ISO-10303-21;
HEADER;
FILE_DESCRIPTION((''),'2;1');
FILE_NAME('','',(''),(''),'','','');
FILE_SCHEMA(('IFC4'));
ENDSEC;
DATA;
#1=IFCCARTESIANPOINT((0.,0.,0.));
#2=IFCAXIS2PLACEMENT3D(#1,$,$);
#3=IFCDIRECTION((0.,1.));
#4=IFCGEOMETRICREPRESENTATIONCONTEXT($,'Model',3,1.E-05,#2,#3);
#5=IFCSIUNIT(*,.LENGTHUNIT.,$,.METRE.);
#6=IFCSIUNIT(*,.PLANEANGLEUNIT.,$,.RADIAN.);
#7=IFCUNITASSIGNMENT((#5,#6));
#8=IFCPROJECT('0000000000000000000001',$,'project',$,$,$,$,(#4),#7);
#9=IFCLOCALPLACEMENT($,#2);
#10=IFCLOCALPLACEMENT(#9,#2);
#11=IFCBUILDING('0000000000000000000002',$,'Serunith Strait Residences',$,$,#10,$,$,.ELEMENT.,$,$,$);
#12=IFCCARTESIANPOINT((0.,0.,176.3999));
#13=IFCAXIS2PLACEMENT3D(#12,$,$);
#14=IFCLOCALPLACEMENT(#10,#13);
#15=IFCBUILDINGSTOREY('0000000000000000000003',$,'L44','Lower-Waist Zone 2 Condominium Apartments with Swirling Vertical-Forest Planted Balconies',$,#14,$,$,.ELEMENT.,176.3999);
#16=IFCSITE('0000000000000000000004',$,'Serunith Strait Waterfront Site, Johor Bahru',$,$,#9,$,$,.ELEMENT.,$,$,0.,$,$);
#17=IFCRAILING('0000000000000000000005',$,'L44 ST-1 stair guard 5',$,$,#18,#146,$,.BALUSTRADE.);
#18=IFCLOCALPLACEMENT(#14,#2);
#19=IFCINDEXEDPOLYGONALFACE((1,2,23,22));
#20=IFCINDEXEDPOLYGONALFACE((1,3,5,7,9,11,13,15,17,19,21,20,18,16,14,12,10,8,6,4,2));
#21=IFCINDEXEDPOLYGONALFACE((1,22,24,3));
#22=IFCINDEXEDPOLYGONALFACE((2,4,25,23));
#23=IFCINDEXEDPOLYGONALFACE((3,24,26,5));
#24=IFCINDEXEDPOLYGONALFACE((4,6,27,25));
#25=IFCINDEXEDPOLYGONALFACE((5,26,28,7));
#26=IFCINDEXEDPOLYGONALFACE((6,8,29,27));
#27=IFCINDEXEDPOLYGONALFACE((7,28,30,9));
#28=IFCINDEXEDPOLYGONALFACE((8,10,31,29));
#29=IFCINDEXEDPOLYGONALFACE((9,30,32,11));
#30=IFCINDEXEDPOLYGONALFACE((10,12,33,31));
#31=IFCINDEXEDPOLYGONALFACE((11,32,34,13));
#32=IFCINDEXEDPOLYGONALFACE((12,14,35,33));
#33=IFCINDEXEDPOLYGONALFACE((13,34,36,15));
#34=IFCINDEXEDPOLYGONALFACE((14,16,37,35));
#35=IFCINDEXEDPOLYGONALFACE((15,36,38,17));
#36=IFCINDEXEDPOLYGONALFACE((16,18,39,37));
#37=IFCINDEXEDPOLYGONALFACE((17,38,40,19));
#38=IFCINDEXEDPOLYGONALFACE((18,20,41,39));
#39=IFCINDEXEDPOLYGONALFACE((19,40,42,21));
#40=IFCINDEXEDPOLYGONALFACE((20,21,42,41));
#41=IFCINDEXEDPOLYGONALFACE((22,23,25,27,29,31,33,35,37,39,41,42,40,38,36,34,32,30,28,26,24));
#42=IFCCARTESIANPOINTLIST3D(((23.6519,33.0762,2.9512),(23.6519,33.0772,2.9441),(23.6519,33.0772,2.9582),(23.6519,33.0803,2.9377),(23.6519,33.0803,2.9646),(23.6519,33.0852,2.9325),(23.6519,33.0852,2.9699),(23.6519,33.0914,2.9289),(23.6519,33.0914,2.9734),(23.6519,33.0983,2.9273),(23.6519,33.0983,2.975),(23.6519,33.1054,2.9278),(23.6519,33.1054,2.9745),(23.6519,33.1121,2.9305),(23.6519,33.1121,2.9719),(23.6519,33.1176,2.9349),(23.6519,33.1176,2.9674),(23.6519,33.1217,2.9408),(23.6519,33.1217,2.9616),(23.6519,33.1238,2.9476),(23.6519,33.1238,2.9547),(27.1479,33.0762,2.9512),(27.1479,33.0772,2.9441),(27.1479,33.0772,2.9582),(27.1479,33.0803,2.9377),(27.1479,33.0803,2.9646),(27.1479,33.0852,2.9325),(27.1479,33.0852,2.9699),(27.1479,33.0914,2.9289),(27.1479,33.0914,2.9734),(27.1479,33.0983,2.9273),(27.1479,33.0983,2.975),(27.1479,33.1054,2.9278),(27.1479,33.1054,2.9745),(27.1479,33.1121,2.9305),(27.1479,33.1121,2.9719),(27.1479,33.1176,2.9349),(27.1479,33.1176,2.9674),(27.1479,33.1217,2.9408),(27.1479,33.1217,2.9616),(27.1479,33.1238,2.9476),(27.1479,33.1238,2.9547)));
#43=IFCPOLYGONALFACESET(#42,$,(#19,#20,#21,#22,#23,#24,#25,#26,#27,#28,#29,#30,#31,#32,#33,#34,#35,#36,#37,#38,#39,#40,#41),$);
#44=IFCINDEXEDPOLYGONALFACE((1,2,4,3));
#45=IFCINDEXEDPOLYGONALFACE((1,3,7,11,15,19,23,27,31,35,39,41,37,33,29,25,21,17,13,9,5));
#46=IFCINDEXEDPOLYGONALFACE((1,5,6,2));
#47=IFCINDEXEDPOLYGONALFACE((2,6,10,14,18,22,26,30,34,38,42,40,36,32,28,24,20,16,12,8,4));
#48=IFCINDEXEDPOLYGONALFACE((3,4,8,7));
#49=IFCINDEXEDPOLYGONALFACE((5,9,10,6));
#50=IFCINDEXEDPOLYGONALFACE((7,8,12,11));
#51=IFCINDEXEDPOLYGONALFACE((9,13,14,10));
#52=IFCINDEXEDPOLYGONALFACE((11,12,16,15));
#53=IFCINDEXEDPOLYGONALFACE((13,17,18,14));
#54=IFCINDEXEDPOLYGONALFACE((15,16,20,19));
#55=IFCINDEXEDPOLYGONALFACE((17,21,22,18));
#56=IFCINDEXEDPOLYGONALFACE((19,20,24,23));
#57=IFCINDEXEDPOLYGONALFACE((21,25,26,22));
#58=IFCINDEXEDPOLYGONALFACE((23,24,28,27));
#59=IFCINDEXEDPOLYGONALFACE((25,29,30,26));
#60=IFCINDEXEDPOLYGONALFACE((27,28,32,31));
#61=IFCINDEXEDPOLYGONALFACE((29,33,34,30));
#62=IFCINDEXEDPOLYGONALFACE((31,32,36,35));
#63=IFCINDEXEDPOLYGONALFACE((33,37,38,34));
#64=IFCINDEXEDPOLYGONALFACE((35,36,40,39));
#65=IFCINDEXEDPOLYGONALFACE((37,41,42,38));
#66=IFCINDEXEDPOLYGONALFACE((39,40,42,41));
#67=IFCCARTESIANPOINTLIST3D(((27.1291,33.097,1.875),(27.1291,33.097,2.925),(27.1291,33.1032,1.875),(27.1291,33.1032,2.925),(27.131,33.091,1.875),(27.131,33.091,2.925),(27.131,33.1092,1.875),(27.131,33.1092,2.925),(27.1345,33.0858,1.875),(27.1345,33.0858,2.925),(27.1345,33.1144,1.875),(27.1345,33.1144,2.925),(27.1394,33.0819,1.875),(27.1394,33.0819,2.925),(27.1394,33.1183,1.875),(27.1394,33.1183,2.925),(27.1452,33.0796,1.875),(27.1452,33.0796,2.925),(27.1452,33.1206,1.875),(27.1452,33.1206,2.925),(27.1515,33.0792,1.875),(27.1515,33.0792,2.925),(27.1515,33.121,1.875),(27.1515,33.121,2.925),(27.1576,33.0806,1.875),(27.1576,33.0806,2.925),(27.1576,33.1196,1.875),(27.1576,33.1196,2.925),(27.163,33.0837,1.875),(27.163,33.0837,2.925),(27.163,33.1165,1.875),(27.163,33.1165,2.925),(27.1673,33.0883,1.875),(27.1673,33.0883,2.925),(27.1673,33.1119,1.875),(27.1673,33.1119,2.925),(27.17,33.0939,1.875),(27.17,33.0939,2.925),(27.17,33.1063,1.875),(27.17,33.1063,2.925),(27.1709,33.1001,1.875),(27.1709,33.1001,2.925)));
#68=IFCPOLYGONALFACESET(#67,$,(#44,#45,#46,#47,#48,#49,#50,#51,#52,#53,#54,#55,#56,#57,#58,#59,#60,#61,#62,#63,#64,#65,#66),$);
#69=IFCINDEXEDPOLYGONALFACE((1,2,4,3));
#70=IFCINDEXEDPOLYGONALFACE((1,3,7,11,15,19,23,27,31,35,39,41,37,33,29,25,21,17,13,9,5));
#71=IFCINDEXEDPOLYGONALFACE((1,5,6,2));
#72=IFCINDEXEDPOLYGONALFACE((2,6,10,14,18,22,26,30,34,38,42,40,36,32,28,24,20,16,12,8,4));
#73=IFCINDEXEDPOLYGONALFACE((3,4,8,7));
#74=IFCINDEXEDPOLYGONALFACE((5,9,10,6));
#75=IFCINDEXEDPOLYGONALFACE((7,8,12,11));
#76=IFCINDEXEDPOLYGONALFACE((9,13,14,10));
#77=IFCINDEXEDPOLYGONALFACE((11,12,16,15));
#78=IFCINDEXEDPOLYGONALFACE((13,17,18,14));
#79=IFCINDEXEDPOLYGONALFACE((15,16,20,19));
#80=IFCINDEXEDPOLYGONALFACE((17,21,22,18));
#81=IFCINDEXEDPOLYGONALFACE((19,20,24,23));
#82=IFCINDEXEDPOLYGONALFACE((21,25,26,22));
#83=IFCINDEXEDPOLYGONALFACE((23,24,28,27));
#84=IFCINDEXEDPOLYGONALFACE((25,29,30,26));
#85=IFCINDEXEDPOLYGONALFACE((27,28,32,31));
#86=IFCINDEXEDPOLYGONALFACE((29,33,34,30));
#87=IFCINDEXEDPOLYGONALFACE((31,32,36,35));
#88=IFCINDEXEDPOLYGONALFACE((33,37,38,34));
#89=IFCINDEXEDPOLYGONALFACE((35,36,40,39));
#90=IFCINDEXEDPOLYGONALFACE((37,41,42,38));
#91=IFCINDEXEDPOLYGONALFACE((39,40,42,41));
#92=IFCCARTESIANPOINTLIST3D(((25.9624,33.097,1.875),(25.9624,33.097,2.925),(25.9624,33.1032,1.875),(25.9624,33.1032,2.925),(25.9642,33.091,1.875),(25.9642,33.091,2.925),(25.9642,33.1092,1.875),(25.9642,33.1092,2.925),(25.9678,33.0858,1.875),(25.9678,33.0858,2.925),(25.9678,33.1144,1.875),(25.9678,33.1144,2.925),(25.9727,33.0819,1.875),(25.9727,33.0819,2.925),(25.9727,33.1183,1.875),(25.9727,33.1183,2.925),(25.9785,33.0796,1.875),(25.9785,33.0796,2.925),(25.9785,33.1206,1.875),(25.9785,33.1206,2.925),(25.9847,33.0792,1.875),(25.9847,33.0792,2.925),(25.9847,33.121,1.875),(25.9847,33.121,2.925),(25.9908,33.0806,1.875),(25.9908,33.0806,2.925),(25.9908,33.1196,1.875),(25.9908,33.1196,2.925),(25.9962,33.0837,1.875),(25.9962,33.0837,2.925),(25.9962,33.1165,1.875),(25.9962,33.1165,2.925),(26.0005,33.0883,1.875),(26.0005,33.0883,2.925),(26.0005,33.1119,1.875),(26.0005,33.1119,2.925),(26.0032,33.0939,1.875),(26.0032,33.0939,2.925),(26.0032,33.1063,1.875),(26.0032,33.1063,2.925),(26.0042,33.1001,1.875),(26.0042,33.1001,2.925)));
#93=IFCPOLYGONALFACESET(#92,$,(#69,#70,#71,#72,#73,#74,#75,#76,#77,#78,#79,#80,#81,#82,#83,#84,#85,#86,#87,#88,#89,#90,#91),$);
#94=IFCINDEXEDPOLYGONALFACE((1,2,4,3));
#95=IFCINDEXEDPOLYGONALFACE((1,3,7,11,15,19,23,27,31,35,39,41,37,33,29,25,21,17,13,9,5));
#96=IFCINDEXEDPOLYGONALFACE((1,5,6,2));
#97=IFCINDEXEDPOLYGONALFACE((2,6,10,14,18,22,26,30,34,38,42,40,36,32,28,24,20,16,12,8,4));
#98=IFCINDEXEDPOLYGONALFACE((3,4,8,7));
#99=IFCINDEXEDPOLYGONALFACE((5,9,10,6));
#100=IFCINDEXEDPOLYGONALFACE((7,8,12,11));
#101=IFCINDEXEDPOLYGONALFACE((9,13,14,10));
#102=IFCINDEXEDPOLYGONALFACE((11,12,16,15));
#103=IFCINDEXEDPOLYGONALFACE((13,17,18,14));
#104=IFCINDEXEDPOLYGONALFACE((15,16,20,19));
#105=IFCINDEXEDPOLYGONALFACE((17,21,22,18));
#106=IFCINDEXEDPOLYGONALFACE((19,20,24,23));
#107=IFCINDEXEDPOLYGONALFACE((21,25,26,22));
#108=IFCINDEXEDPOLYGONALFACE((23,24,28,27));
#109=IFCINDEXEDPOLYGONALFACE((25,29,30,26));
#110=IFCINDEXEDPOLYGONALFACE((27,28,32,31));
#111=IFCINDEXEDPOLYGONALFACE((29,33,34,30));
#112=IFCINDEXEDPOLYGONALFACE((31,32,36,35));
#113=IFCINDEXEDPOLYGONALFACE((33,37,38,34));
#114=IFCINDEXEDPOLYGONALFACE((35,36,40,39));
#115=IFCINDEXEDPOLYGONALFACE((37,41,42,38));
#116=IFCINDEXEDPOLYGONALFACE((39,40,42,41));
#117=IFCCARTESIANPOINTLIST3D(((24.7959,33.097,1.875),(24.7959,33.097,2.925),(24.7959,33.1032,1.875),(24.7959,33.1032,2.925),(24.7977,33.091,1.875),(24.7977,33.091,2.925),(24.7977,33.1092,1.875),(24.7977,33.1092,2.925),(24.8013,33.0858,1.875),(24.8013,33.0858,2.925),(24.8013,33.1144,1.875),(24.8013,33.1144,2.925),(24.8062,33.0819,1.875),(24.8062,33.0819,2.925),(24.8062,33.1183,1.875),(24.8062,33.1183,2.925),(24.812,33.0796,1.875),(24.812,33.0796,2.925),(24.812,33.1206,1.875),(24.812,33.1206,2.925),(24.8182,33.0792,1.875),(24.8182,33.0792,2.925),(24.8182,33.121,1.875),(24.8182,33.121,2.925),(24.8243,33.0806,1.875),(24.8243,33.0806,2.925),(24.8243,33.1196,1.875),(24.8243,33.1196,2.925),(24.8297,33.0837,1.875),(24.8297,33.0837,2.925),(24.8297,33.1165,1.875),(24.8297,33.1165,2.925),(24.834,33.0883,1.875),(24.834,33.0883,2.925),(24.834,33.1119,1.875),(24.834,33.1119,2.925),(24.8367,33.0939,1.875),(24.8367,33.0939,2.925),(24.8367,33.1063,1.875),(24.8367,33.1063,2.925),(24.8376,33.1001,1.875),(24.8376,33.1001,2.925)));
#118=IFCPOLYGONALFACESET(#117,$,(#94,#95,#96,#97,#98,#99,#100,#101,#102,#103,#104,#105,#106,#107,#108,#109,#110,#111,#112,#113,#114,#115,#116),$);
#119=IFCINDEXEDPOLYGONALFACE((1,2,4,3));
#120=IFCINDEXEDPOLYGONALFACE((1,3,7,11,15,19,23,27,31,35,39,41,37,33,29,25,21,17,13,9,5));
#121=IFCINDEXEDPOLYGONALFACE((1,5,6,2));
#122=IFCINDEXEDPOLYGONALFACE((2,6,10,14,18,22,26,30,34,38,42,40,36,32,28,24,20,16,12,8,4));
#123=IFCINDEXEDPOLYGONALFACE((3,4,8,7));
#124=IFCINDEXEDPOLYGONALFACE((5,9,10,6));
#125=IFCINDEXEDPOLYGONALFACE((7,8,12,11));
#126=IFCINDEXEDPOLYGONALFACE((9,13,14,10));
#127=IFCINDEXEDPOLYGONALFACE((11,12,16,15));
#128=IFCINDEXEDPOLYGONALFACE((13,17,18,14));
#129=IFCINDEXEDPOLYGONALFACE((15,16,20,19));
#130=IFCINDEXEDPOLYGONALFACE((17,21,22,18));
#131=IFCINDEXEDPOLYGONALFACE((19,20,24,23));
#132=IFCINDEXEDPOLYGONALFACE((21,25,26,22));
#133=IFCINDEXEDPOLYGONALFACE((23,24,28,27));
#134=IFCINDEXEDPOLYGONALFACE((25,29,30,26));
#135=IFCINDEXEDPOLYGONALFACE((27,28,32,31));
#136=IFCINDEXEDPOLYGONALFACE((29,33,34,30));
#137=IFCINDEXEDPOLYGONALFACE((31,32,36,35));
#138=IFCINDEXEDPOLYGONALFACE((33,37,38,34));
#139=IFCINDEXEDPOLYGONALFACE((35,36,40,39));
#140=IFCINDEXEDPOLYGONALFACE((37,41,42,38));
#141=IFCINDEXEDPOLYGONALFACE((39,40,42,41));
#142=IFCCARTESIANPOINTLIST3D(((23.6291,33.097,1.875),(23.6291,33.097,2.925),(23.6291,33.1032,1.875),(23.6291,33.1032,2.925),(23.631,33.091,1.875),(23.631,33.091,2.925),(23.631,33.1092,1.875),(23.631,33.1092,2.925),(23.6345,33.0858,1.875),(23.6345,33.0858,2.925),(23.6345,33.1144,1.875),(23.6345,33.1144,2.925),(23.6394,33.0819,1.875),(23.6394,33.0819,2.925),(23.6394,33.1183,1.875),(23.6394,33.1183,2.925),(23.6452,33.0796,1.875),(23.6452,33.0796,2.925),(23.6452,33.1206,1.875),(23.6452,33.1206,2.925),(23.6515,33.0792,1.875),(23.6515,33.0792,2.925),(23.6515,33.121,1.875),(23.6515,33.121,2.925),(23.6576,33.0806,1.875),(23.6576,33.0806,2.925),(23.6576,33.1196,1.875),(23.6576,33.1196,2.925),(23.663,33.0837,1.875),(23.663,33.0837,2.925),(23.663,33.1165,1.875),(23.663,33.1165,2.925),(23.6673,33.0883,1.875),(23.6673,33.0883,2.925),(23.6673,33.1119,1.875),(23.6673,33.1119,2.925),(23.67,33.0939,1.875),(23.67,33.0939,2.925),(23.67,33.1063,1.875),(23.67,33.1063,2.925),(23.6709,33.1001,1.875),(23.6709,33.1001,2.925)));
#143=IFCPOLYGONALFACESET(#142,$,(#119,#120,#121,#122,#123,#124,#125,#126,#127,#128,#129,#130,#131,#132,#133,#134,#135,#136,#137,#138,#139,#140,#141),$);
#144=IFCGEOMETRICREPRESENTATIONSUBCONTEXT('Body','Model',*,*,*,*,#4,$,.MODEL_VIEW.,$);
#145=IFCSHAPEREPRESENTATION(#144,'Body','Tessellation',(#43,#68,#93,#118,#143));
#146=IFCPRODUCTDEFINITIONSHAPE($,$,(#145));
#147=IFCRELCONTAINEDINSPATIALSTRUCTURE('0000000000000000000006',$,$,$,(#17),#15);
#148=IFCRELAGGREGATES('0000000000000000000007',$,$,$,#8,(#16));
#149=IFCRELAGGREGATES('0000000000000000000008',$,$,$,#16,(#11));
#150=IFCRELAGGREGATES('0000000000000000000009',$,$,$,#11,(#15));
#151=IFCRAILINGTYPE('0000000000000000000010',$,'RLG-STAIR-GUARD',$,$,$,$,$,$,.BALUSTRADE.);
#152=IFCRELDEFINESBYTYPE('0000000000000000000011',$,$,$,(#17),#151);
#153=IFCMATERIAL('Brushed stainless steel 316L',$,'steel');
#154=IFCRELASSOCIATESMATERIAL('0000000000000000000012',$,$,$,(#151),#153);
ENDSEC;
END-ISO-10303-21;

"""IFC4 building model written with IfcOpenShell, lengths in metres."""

from ifc_helpers import new_model, si_unit, direction, frame, origin, origin_2d, place, context, subcontext, project, spatial, circle, extrude, material, type_object, element, save


model = new_model("IFC4")

# Units and contexts
model_context = context("Model", 3, precision=1e-05, world=origin(), true_north=direction((0.0, 1.0)))
body_context = subcontext(model_context, "Body", "Model", "MODEL_VIEW")
ifc_project = project(units=[si_unit("LENGTHUNIT", "METRE"), si_unit("PLANEANGLEUNIT", "RADIAN")], contexts=[model_context])

# Site, building, storey
site_placement = place(None, origin())
site = spatial("IfcSite", under=ifc_project, at=site_placement, Name="Serunith Strait Waterfront Site, Johor Bahru", CompositionType="ELEMENT", RefElevation=0.0)
building_placement = place(site_placement, origin())
building = spatial("IfcBuilding", under=site, at=building_placement, Name="Serunith Strait Residences", CompositionType="ELEMENT")
storey_placement = place(building_placement, frame((0.0, 0.0, 176.3999)))
storey = spatial("IfcBuildingStorey", under=building, at=storey_placement, Name="L44", Description="Lower-Waist Zone 2 Condominium Apartments with Swirling Vertical-Forest Planted Balconies", CompositionType="ELEMENT", Elevation=176.3999)

# Railing
ifc_material_1 = material(Name="Brushed stainless steel 316L", Category="steel")
railing_type_1 = type_object("IfcRailingType", Name="RLG-STAIR-GUARD", PredefinedType="BALUSTRADE", material=ifc_material_1)
railing_1_placement = place(storey_placement, frame((27.1499, 33.1001, 1.875)))
element("IfcRailing", 1, at=railing_1_placement, inside=storey, type_object=railing_type_1, Name="L44 ST-1 stair guard 5", PredefinedType="BALUSTRADE", context=body_context, shape_type="SweptSolid", body=[
    extrude(circle(Radius=0.0239, at=origin_2d()), frame((-0.002, 0.0, 1.0762), z_axis=(-1.0, 0.0, 0.0), x_axis=(0.0, -1.0, 0.0)), (0.0, 0.0, 1.0), 3.4961),
    extrude(circle(Radius=0.021, at=origin_2d()), origin(), (0.0, 0.0, 1.0), 1.05),
    extrude(circle(Radius=0.021, at=origin_2d()), frame((-1.1667, 0.0, 0.0)), (0.0, 0.0, 1.0), 1.05),
    extrude(circle(Radius=0.021, at=origin_2d()), frame((-2.3333, 0.0, 0.0)), (0.0, 0.0, 1.0), 1.05),
    extrude(circle(Radius=0.021, at=origin_2d()), frame((-3.5, 0.0, 0.0)), (0.0, 0.0, 1.0), 1.05),
])

save(model, "model.ifc")
